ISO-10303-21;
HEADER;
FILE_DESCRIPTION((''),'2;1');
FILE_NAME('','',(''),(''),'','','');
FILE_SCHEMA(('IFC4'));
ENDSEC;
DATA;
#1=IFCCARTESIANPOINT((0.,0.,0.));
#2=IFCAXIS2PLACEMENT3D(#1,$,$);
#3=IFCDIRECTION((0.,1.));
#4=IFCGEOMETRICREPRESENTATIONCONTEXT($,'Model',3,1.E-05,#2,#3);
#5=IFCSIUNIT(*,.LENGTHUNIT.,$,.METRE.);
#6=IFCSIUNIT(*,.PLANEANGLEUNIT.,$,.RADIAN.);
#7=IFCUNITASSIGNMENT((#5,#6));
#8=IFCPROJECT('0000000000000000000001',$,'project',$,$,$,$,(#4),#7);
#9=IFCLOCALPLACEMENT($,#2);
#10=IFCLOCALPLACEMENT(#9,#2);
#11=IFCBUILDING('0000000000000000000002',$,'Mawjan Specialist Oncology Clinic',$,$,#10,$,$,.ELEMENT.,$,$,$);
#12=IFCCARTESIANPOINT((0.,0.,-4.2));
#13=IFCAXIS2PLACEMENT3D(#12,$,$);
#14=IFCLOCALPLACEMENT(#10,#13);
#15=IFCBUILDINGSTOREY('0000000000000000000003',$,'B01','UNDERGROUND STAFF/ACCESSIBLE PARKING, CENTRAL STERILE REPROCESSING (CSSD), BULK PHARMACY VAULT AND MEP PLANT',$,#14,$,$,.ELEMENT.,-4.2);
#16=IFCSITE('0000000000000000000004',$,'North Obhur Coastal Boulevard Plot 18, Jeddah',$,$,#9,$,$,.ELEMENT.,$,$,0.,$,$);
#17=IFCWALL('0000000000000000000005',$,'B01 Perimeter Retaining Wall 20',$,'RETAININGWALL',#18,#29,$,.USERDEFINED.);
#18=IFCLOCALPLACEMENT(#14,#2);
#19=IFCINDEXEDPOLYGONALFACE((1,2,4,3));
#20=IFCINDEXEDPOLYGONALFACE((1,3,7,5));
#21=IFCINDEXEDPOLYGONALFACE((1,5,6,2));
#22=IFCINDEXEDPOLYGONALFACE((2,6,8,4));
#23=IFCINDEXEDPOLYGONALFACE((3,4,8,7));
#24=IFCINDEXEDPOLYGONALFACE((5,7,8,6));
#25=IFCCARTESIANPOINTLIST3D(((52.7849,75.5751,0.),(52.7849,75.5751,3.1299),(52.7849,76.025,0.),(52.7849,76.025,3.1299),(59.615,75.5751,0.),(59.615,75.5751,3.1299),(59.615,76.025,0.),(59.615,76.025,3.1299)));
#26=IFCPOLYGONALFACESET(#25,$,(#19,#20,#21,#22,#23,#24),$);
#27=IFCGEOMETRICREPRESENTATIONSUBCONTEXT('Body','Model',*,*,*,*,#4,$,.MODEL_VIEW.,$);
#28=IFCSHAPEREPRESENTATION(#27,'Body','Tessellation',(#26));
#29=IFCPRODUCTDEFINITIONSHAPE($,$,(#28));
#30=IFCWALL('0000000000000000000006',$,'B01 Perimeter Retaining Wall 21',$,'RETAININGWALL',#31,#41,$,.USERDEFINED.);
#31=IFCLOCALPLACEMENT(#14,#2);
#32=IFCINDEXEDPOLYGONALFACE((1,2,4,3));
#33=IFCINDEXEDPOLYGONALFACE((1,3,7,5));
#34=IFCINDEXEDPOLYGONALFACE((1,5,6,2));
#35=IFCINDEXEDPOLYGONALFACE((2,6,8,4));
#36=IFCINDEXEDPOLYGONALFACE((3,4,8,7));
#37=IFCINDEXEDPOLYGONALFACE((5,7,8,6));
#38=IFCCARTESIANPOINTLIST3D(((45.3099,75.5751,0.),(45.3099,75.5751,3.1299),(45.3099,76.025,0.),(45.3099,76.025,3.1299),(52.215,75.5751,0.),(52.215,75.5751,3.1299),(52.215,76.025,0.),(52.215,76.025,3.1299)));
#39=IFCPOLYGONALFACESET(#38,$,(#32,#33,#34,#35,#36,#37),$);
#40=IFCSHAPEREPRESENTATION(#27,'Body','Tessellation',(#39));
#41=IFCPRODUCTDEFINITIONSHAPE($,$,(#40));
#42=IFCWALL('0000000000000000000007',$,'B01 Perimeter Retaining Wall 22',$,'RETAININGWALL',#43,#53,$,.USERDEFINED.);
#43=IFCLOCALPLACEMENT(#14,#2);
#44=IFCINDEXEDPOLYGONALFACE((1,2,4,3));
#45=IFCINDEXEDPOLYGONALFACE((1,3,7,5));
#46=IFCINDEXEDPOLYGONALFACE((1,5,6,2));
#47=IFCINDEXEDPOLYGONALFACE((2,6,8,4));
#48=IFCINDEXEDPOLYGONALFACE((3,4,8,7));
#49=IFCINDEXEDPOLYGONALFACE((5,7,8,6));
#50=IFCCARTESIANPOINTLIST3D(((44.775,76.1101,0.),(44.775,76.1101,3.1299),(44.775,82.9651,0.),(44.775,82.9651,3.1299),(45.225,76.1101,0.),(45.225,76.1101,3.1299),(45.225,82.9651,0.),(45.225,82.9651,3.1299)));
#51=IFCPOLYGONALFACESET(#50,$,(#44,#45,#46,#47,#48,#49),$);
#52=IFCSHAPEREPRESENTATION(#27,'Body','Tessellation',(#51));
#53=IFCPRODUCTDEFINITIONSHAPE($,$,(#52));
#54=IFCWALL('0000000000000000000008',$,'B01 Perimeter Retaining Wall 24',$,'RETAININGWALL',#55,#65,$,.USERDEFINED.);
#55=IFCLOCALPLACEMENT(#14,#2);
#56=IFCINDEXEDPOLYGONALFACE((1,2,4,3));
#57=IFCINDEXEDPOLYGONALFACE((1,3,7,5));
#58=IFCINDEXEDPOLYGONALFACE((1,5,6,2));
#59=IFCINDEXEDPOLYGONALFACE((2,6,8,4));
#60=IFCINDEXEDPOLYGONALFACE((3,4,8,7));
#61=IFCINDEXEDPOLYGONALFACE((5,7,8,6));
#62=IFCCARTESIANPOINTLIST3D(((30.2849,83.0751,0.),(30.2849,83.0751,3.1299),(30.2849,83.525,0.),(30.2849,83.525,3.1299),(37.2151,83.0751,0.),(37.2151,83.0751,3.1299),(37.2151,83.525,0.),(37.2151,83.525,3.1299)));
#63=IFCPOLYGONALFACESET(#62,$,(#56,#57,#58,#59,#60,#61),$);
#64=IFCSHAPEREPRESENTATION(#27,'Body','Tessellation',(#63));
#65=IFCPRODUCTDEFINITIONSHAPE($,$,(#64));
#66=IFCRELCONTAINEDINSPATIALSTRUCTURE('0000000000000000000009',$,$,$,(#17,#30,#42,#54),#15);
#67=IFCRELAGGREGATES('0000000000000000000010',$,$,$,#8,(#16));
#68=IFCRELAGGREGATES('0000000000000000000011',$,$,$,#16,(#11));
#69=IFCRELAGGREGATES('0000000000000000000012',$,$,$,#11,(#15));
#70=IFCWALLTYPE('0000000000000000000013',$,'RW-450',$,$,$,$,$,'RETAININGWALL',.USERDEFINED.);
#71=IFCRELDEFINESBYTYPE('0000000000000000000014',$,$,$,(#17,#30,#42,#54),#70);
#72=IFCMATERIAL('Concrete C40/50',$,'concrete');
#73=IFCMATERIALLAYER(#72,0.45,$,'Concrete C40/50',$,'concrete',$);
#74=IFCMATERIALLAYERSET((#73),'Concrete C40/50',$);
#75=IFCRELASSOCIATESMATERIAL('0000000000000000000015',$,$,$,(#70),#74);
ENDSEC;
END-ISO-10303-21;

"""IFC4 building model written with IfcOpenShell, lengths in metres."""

from ifc_helpers import new_model, si_unit, direction, frame, frame_2d, origin, place, context, subcontext, project, spatial, rectangle, extrude, material, layer, layer_set, type_object, element, save


model = new_model("IFC4")

# Units and contexts
model_context = context("Model", 3, precision=1e-05, world=origin(), true_north=direction((0.0, 1.0)))
body_context = subcontext(model_context, "Body", "Model", "MODEL_VIEW")
ifc_project = project(units=[si_unit("LENGTHUNIT", "METRE"), si_unit("PLANEANGLEUNIT", "RADIAN")], contexts=[model_context])

# Site, building, storey
site_placement = place(None, origin())
site = spatial("IfcSite", under=ifc_project, at=site_placement, Name="North Obhur Coastal Boulevard Plot 18, Jeddah", CompositionType="ELEMENT", RefElevation=0.0)
building_placement = place(site_placement, origin())
building = spatial("IfcBuilding", under=site, at=building_placement, Name="Mawjan Specialist Oncology Clinic", CompositionType="ELEMENT")
storey_placement = place(building_placement, frame((0.0, 0.0, -4.2)))
storey = spatial("IfcBuildingStorey", under=building, at=storey_placement, Name="B01", Description="UNDERGROUND STAFF/ACCESSIBLE PARKING, CENTRAL STERILE REPROCESSING (CSSD), BULK PHARMACY VAULT AND MEP PLANT", CompositionType="ELEMENT", Elevation=-4.2)

# Walls
ifc_material_1 = material(Name="Concrete C40/50", Category="concrete")
ifc_layer = layer(ifc_material_1, 0.45, Name="Concrete C40/50", Category="concrete")
ifc_layer_set = layer_set([ifc_layer], Name="Concrete C40/50")
wall_type = type_object("IfcWallType", Name="RW-450", ElementType="RETAININGWALL", PredefinedType="USERDEFINED", material=ifc_layer_set)
wall_1_placement = place(storey_placement, frame((59.615, 75.8, 0.0), z_axis=(0.0, 0.0, 1.0), x_axis=(-1.0, 0.0, 0.0)))
element("IfcWall", 1, at=wall_1_placement, inside=storey, type_object=wall_type, Name="B01 Perimeter Retaining Wall 20", ObjectType="RETAININGWALL", PredefinedType="USERDEFINED", context=body_context, shape_type="SweptSolid", body=[
    extrude(rectangle(XDim=6.8301, YDim=0.45, at=frame_2d((3.415, 0.0))), origin(), (0.0, 0.0, 1.0), 3.1299),
])
wall_2_placement = place(storey_placement, frame((52.2151, 75.8, 0.0), z_axis=(0.0, 0.0, 1.0), x_axis=(-1.0, 0.0, 0.0)))
element("IfcWall", 2, at=wall_2_placement, inside=storey, type_object=wall_type, Name="B01 Perimeter Retaining Wall 21", ObjectType="RETAININGWALL", PredefinedType="USERDEFINED", context=body_context, shape_type="SweptSolid", body=[
    extrude(rectangle(XDim=6.905, YDim=0.45, at=frame_2d((3.4526, 0.0))), origin(), (0.0, 0.0, 1.0), 3.1299),
])
wall_3_placement = place(storey_placement, frame((45.0, 76.1101, 0.0), z_axis=(0.0, 0.0, 1.0), x_axis=(0.0, 1.0, 0.0)))
element("IfcWall", 3, at=wall_3_placement, inside=storey, type_object=wall_type, Name="B01 Perimeter Retaining Wall 22", ObjectType="RETAININGWALL", PredefinedType="USERDEFINED", context=body_context, shape_type="SweptSolid", body=[
    extrude(rectangle(XDim=6.855, YDim=0.45, at=frame_2d((3.4275, 0.0))), origin(), (0.0, 0.0, 1.0), 3.1299),
])
wall_4_placement = place(storey_placement, frame((37.2151, 83.3, 0.0), z_axis=(0.0, 0.0, 1.0), x_axis=(-1.0, 0.0, 0.0)))
element("IfcWall", 4, at=wall_4_placement, inside=storey, type_object=wall_type, Name="B01 Perimeter Retaining Wall 24", ObjectType="RETAININGWALL", PredefinedType="USERDEFINED", context=body_context, shape_type="SweptSolid", body=[
    extrude(rectangle(XDim=6.9302, YDim=0.45, at=frame_2d((3.4651, 0.0))), origin(), (0.0, 0.0, 1.0), 3.1299),
])

save(model, "model.ifc")
